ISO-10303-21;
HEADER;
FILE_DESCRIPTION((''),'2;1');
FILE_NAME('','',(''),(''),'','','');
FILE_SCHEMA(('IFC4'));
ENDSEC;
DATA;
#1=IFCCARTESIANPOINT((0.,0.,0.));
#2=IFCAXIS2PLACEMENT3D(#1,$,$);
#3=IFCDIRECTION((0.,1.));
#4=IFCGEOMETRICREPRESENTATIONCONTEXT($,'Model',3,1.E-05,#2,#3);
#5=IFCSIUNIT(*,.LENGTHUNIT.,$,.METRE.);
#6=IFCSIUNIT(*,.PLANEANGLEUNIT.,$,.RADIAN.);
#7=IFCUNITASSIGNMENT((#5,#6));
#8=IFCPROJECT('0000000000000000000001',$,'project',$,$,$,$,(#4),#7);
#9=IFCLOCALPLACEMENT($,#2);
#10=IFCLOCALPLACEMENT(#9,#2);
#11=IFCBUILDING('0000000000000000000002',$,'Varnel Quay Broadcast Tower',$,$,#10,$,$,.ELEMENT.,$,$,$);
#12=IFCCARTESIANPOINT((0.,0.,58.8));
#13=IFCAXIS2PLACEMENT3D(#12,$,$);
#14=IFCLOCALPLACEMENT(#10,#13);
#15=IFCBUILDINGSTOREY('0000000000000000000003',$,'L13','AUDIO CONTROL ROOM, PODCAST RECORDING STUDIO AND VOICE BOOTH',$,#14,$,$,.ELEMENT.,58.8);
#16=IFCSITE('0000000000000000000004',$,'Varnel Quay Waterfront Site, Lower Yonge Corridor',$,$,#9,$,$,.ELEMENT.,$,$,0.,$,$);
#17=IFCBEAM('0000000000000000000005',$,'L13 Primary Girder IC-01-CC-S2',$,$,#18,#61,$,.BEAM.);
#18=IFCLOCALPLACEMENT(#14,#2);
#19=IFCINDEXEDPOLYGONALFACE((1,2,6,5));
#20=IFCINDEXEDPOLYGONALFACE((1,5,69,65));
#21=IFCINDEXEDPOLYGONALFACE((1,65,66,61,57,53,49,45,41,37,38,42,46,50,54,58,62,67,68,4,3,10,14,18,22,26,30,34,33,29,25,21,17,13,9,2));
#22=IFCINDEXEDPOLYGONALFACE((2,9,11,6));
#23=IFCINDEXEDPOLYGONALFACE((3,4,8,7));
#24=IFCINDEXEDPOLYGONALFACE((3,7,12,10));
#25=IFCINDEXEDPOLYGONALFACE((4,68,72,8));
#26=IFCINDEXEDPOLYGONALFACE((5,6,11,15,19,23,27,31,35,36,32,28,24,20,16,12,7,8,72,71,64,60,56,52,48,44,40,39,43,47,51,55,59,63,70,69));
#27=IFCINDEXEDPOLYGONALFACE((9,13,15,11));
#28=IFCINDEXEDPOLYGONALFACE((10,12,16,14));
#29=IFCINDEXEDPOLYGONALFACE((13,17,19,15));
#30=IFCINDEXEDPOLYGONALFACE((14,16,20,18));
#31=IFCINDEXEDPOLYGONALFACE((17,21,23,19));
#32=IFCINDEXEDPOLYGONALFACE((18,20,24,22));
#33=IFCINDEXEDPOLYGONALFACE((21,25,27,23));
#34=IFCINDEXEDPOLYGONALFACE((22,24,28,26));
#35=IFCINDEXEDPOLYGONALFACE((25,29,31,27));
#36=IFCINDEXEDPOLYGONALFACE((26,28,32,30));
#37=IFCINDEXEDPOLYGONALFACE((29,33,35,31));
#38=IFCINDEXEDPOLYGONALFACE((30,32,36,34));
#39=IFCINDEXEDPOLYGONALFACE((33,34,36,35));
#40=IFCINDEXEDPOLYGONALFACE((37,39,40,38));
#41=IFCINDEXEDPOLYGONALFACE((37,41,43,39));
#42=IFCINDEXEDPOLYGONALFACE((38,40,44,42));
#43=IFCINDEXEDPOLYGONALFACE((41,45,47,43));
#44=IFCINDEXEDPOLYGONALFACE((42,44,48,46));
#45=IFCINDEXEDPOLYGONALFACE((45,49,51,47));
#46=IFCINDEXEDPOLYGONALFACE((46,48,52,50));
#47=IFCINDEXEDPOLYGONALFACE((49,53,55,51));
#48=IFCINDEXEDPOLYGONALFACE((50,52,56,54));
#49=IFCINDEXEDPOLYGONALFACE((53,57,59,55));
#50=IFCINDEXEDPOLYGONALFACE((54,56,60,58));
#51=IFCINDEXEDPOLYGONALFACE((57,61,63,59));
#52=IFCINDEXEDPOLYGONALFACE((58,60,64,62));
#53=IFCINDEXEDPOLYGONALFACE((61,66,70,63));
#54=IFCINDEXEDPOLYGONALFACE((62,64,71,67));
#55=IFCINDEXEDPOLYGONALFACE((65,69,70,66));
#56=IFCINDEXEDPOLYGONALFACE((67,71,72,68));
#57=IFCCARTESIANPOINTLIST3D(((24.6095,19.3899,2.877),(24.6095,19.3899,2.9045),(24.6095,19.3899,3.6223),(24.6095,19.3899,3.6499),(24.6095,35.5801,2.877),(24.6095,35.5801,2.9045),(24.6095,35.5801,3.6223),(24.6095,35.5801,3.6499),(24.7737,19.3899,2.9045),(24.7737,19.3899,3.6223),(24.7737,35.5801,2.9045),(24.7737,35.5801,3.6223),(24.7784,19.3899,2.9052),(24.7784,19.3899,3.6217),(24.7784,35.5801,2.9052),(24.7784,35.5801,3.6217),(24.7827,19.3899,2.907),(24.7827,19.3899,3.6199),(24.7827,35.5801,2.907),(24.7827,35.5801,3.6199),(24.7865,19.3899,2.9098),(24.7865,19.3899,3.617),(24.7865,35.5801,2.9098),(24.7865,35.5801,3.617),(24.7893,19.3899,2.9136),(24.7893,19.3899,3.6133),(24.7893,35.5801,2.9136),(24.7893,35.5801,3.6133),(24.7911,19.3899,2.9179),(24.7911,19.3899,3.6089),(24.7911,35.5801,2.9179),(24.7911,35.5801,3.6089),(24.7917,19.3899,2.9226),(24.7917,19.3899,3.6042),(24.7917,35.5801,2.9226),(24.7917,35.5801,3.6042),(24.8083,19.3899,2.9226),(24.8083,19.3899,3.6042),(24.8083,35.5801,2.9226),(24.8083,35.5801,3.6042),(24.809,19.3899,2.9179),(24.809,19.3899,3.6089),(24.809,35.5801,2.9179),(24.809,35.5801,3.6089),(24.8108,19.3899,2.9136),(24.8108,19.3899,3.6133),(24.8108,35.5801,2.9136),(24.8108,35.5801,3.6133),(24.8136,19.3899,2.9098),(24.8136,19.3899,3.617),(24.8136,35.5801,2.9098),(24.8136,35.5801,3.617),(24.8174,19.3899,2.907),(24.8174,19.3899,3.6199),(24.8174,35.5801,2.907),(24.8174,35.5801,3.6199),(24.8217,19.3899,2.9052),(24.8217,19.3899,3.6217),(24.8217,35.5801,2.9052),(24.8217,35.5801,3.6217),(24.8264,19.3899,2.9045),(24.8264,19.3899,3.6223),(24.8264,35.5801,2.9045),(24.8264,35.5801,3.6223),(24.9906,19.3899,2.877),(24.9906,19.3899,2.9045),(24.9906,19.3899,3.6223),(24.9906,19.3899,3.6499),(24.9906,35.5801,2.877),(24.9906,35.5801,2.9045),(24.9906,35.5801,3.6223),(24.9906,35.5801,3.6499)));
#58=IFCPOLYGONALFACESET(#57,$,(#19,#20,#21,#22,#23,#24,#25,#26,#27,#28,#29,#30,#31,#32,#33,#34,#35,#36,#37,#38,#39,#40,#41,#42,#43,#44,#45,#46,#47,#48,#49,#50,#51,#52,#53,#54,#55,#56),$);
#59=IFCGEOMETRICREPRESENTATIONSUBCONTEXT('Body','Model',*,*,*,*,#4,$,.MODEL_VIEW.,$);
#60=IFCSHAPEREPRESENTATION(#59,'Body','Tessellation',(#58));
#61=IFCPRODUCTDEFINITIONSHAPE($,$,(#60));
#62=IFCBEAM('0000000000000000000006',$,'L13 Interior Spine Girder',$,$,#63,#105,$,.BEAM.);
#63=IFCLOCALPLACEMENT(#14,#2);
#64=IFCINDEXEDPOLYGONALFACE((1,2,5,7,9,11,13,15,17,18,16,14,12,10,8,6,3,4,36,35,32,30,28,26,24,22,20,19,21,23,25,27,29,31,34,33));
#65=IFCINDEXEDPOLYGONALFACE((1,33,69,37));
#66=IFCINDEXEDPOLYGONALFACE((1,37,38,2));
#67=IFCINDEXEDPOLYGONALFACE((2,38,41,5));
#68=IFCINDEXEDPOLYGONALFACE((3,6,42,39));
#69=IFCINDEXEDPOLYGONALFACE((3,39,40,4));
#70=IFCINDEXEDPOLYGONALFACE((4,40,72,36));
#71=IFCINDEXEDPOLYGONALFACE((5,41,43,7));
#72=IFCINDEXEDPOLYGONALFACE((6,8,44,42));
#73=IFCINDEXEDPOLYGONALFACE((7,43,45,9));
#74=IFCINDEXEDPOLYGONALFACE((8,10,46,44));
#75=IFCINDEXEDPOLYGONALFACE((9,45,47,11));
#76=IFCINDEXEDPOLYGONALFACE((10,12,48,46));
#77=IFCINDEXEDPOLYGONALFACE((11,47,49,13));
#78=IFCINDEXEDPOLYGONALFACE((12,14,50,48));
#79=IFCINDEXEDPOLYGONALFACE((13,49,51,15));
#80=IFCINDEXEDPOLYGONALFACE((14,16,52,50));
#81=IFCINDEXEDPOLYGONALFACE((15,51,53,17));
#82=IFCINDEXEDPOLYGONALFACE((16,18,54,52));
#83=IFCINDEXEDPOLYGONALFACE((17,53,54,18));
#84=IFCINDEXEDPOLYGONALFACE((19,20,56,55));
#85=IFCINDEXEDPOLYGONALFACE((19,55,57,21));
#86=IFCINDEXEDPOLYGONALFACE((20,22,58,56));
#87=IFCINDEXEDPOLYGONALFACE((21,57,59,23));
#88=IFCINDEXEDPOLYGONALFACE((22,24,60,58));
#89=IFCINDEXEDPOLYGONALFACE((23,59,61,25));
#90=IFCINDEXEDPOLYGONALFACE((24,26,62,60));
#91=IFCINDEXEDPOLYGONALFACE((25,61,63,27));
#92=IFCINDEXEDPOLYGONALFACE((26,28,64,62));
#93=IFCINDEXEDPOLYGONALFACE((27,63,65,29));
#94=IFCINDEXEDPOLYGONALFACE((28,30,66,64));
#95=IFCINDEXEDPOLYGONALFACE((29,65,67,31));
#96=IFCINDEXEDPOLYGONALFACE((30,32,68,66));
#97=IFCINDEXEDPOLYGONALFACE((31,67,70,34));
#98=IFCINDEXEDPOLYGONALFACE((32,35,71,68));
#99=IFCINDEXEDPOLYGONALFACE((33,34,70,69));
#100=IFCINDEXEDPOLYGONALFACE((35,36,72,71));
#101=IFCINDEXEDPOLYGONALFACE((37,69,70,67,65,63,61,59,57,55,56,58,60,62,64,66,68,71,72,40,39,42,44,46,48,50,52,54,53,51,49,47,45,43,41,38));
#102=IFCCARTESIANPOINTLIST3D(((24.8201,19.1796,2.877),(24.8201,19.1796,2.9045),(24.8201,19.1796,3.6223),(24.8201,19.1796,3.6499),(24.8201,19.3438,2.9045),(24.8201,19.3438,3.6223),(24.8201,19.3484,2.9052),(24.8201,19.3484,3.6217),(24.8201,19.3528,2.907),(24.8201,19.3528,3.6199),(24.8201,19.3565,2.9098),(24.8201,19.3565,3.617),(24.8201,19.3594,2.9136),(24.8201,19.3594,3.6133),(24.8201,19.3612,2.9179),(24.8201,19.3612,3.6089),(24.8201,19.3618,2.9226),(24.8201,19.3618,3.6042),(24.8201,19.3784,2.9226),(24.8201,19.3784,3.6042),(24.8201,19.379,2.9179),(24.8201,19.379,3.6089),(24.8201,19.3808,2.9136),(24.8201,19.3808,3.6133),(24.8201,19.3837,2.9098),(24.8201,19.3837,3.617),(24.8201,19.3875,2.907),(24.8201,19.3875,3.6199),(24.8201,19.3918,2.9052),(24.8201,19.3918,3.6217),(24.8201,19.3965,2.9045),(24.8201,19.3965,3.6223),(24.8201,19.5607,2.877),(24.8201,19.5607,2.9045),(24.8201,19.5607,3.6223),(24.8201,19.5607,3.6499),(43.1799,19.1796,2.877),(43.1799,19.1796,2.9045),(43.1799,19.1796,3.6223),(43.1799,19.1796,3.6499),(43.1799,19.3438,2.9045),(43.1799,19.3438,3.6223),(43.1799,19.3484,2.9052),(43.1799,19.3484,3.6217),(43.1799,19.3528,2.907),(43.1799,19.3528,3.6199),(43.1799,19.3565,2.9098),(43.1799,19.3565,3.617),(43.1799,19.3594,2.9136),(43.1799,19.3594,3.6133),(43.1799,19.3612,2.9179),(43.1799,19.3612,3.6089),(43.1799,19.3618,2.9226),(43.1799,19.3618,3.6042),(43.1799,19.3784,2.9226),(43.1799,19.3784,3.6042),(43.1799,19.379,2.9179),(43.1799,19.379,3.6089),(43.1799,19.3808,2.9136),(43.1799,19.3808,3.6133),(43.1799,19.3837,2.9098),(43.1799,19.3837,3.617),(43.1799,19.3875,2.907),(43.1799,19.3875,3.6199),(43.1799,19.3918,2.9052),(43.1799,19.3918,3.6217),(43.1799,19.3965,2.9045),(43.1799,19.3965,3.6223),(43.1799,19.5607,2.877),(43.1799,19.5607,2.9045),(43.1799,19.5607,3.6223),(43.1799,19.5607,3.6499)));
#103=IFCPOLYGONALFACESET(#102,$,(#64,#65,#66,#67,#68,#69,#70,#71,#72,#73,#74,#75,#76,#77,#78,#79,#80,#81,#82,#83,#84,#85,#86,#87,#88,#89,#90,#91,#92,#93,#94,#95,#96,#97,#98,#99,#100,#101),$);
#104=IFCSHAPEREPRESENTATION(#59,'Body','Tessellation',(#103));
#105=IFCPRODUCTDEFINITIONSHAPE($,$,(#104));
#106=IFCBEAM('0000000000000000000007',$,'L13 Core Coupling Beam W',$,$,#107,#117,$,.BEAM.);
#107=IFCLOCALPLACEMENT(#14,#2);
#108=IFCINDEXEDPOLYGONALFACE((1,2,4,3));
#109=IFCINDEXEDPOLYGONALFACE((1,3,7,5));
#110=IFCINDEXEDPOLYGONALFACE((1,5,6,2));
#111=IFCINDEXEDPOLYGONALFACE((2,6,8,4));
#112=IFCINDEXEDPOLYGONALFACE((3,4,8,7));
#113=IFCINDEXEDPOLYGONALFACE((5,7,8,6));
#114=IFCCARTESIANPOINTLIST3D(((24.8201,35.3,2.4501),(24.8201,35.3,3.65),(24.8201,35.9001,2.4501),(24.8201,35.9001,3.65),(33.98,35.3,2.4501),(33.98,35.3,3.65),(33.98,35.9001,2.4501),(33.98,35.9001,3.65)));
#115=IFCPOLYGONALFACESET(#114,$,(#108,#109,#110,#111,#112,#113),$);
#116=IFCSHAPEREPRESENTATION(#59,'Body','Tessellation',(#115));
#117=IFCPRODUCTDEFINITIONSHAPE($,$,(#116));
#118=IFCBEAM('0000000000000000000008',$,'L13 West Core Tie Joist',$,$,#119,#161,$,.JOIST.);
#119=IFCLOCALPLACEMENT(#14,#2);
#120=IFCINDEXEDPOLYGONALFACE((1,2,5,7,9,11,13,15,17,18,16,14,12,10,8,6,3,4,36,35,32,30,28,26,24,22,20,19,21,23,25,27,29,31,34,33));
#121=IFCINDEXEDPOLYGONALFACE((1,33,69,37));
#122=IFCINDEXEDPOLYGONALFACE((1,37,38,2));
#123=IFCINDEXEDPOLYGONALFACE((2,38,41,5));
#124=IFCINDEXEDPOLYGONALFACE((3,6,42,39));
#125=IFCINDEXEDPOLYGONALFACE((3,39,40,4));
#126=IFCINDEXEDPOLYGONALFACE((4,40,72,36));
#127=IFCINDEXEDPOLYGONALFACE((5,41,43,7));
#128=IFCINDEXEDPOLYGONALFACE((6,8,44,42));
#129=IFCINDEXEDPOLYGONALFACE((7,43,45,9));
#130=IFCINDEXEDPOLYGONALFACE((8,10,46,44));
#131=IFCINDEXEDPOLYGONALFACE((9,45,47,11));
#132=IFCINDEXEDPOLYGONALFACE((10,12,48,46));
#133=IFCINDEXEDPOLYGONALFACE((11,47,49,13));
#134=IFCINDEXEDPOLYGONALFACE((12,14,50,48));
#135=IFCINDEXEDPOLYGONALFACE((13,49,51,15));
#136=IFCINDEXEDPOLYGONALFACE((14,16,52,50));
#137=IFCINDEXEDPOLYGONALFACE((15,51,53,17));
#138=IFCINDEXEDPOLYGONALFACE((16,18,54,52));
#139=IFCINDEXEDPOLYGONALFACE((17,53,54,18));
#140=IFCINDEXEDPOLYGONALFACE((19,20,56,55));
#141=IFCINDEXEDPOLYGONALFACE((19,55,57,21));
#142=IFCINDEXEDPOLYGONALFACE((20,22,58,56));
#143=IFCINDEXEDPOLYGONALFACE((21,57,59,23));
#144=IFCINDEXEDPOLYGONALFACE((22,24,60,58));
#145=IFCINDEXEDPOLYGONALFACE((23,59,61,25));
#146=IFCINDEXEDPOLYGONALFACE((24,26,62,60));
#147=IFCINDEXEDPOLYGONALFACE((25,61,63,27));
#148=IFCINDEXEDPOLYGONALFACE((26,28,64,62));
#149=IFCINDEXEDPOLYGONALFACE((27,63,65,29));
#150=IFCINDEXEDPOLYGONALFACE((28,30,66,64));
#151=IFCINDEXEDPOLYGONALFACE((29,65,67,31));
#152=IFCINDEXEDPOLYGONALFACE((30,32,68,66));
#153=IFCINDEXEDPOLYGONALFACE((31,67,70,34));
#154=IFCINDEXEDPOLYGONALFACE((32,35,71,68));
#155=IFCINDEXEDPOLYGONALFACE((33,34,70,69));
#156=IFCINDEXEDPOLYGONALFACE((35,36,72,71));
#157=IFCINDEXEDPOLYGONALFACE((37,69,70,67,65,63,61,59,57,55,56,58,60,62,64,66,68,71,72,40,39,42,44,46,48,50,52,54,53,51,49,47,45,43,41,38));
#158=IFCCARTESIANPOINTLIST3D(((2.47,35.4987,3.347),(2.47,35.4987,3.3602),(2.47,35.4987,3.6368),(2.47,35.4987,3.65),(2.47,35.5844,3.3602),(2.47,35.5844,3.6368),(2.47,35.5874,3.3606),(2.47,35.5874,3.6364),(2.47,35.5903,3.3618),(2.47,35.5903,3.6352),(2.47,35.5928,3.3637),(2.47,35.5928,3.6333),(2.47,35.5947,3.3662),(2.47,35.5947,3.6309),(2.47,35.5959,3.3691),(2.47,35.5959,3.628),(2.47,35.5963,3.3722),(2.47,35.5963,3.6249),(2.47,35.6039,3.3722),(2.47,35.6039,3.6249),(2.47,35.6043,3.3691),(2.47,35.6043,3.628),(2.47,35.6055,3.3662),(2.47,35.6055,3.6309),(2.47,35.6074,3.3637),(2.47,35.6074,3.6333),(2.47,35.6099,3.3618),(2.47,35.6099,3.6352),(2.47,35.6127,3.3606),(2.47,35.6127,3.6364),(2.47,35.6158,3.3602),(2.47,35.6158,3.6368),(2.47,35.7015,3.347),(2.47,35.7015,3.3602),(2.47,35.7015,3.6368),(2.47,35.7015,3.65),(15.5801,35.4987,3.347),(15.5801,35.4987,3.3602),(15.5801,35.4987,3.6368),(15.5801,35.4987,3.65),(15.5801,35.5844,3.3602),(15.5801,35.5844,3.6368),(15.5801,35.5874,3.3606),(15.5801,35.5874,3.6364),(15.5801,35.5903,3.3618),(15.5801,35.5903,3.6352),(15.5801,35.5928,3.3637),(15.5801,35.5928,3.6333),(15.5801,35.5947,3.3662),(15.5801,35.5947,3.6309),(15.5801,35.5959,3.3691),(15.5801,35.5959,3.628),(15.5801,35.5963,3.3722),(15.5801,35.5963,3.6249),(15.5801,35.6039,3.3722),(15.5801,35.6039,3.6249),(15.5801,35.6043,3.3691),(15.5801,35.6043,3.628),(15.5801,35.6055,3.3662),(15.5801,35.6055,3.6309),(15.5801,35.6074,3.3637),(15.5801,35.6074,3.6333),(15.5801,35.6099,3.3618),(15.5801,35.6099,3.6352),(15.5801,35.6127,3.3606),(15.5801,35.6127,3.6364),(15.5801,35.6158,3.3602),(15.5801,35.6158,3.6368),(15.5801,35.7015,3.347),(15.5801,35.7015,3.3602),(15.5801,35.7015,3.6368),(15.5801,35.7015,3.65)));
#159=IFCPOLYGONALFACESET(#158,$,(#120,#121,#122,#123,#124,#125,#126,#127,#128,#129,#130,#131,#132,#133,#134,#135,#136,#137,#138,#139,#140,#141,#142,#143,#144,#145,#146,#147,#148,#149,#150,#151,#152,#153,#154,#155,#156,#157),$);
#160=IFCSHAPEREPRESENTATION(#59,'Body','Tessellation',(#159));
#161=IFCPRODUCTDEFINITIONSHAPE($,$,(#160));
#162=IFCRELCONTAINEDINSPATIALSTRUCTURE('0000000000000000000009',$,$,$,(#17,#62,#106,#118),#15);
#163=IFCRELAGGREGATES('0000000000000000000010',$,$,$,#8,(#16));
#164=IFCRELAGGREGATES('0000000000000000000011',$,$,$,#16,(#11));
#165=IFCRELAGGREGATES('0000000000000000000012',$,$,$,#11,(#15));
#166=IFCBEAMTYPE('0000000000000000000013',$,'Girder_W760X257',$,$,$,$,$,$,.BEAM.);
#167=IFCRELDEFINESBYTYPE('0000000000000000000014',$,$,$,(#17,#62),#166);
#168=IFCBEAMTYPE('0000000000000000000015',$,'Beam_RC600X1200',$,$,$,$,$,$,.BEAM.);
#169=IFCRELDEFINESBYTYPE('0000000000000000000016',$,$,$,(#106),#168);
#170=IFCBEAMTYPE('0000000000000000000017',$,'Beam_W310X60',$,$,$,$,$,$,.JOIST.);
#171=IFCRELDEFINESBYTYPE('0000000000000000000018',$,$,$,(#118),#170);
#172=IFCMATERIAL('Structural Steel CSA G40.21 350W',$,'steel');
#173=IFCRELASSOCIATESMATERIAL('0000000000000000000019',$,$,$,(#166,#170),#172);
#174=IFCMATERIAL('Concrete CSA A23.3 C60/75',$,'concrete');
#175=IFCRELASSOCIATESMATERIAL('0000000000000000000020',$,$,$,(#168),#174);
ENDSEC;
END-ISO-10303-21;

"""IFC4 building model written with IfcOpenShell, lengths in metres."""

from ifc_helpers import new_model, si_unit, direction, frame, origin, origin_2d, place, context, subcontext, project, spatial, rectangle, i_section, extrude, source, transform, mapped, material, material_profile, profile_set, type_object, type_shapes, element, save


model = new_model("IFC4")

# Units and contexts
model_context = context("Model", 3, precision=1e-05, world=origin(), true_north=direction((0.0, 1.0)))
body_context = subcontext(model_context, "Body", "Model", "MODEL_VIEW")
ifc_project = project(units=[si_unit("LENGTHUNIT", "METRE"), si_unit("PLANEANGLEUNIT", "RADIAN")], contexts=[model_context])

# Site, building, storey
site_placement = place(None, origin())
site = spatial("IfcSite", under=ifc_project, at=site_placement, Name="Varnel Quay Waterfront Site, Lower Yonge Corridor", CompositionType="ELEMENT", RefElevation=0.0)
building_placement = place(site_placement, origin())
building = spatial("IfcBuilding", under=site, at=building_placement, Name="Varnel Quay Broadcast Tower", CompositionType="ELEMENT")
storey_placement = place(building_placement, frame((0.0, 0.0, 58.8)))
storey = spatial("IfcBuildingStorey", under=building, at=storey_placement, Name="L13", Description="AUDIO CONTROL ROOM, PODCAST RECORDING STUDIO AND VOICE BOOTH", CompositionType="ELEMENT", Elevation=58.8)

# Shared definitions
ifc_material_1 = material(Name="Structural Steel CSA G40.21 350W", Category="steel")
ifc_material_2 = material(Name="Concrete CSA A23.3 C60/75", Category="concrete")

# Beams
ifc_material_profile_1 = material_profile(ifc_material_1, i_section(OverallWidth=0.3811, OverallDepth=0.7729, WebThickness=0.0166, FlangeThickness=0.0276, FilletRadius=0.0181, at=origin_2d()), Name="W760X257")
ifc_profile_set_1 = profile_set([ifc_material_profile_1], Name="Structural Steel CSA G40.21 350W")
beam_type_1 = type_object("IfcBeamType", Name="Girder_W760X257", PredefinedType="BEAM", material=ifc_profile_set_1)
shared_shape_1 = source(origin(), body_context, "Body", "SweptSolid", [
    extrude(i_section(OverallWidth=0.3811, OverallDepth=0.7729, WebThickness=0.0166, FlangeThickness=0.0276, FilletRadius=0.0181, at=origin_2d()), origin(), (0.0, 0.0, 1.0), 16.1902),
])
beam_1_placement = place(storey_placement, frame((24.8, 19.3899, 3.2634), z_axis=(0.0, 1.0, 0.0), x_axis=(-1.0, 0.0, 0.0)))
element("IfcBeam", 1, at=beam_1_placement, inside=storey, type_object=beam_type_1, Name="L13 Primary Girder IC-01-CC-S2", PredefinedType="BEAM", context=body_context, shape_type="MappedRepresentation", body=[
    mapped(shared_shape_1, transform((0.0, 0.0, 0.0), x_axis=(1.0, 0.0, 0.0), y_axis=(0.0, 1.0, 0.0), z_axis=(0.0, 0.0, 1.0), scale=1.0)),
])
shared_shape_2 = source(origin(), body_context, "Body", "SweptSolid", [
    extrude(i_section(OverallWidth=0.3811, OverallDepth=0.7729, WebThickness=0.0166, FlangeThickness=0.0276, FilletRadius=0.0181, at=origin_2d()), origin(), (0.0, 0.0, 1.0), 18.3599),
])
type_shapes(beam_type_1, [shared_shape_1, shared_shape_2])
beam_2_placement = place(storey_placement, frame((24.8201, 19.3701, 3.2634), z_axis=(1.0, 0.0, 0.0), x_axis=(0.0, 1.0, 0.0)))
element("IfcBeam", 2, at=beam_2_placement, inside=storey, type_object=beam_type_1, Name="L13 Interior Spine Girder", PredefinedType="BEAM", context=body_context, shape_type="MappedRepresentation", body=[
    mapped(shared_shape_2, transform((0.0, 0.0, 0.0), x_axis=(1.0, 0.0, 0.0), y_axis=(0.0, 1.0, 0.0), z_axis=(0.0, 0.0, 1.0), scale=1.0)),
])
ifc_material_profile_2 = material_profile(ifc_material_2, rectangle(XDim=0.6001, YDim=1.2, at=origin_2d()), Name="RC600X1200")
ifc_profile_set_2 = profile_set([ifc_material_profile_2], Name="Concrete CSA A23.3 C60/75")
beam_type_2 = type_object("IfcBeamType", Name="Beam_RC600X1200", PredefinedType="BEAM", material=ifc_profile_set_2)
shared_shape_3 = source(origin(), body_context, "Body", "SweptSolid", [
    extrude(rectangle(XDim=0.6001, YDim=1.2, at=origin_2d()), origin(), (0.0, 0.0, 1.0), 9.1599),
])
type_shapes(beam_type_2, [shared_shape_3])
beam_3_placement = place(storey_placement, frame((24.8201, 35.6001, 3.05), z_axis=(1.0, 0.0, 0.0), x_axis=(0.0, 1.0, 0.0)))
element("IfcBeam", 3, at=beam_3_placement, inside=storey, type_object=beam_type_2, Name="L13 Core Coupling Beam W", PredefinedType="BEAM", context=body_context, shape_type="MappedRepresentation", body=[
    mapped(shared_shape_3, transform((0.0, 0.0, 0.0), x_axis=(1.0, 0.0, 0.0), y_axis=(0.0, 1.0, 0.0), z_axis=(0.0, 0.0, 1.0), scale=1.0)),
])
ifc_material_profile_3 = material_profile(ifc_material_1, i_section(OverallWidth=0.2029, OverallDepth=0.303, WebThickness=0.0076, FlangeThickness=0.0132, FilletRadius=0.012, at=origin_2d()), Name="W310X60")
ifc_profile_set_3 = profile_set([ifc_material_profile_3], Name="Structural Steel CSA G40.21 350W")
beam_type_3 = type_object("IfcBeamType", Name="Beam_W310X60", PredefinedType="JOIST", material=ifc_profile_set_3)
shared_shape_4 = source(origin(), body_context, "Body", "SweptSolid", [
    extrude(i_section(OverallWidth=0.2029, OverallDepth=0.303, WebThickness=0.0076, FlangeThickness=0.0132, FilletRadius=0.012, at=origin_2d()), origin(), (0.0, 0.0, 1.0), 13.1101),
])
beam_4_placement = place(storey_placement, frame((2.47, 35.6001, 3.4985), z_axis=(1.0, 0.0, 0.0), x_axis=(0.0, 1.0, 0.0)))
element("IfcBeam", 4, at=beam_4_placement, inside=storey, type_object=beam_type_3, Name="L13 West Core Tie Joist", PredefinedType="JOIST", context=body_context, shape_type="MappedRepresentation", body=[
    mapped(shared_shape_4, transform((0.0, 0.0, 0.0), x_axis=(1.0, 0.0, 0.0), y_axis=(0.0, 1.0, 0.0), z_axis=(0.0, 0.0, 1.0), scale=1.0)),
])

save(model, "model.ifc")
